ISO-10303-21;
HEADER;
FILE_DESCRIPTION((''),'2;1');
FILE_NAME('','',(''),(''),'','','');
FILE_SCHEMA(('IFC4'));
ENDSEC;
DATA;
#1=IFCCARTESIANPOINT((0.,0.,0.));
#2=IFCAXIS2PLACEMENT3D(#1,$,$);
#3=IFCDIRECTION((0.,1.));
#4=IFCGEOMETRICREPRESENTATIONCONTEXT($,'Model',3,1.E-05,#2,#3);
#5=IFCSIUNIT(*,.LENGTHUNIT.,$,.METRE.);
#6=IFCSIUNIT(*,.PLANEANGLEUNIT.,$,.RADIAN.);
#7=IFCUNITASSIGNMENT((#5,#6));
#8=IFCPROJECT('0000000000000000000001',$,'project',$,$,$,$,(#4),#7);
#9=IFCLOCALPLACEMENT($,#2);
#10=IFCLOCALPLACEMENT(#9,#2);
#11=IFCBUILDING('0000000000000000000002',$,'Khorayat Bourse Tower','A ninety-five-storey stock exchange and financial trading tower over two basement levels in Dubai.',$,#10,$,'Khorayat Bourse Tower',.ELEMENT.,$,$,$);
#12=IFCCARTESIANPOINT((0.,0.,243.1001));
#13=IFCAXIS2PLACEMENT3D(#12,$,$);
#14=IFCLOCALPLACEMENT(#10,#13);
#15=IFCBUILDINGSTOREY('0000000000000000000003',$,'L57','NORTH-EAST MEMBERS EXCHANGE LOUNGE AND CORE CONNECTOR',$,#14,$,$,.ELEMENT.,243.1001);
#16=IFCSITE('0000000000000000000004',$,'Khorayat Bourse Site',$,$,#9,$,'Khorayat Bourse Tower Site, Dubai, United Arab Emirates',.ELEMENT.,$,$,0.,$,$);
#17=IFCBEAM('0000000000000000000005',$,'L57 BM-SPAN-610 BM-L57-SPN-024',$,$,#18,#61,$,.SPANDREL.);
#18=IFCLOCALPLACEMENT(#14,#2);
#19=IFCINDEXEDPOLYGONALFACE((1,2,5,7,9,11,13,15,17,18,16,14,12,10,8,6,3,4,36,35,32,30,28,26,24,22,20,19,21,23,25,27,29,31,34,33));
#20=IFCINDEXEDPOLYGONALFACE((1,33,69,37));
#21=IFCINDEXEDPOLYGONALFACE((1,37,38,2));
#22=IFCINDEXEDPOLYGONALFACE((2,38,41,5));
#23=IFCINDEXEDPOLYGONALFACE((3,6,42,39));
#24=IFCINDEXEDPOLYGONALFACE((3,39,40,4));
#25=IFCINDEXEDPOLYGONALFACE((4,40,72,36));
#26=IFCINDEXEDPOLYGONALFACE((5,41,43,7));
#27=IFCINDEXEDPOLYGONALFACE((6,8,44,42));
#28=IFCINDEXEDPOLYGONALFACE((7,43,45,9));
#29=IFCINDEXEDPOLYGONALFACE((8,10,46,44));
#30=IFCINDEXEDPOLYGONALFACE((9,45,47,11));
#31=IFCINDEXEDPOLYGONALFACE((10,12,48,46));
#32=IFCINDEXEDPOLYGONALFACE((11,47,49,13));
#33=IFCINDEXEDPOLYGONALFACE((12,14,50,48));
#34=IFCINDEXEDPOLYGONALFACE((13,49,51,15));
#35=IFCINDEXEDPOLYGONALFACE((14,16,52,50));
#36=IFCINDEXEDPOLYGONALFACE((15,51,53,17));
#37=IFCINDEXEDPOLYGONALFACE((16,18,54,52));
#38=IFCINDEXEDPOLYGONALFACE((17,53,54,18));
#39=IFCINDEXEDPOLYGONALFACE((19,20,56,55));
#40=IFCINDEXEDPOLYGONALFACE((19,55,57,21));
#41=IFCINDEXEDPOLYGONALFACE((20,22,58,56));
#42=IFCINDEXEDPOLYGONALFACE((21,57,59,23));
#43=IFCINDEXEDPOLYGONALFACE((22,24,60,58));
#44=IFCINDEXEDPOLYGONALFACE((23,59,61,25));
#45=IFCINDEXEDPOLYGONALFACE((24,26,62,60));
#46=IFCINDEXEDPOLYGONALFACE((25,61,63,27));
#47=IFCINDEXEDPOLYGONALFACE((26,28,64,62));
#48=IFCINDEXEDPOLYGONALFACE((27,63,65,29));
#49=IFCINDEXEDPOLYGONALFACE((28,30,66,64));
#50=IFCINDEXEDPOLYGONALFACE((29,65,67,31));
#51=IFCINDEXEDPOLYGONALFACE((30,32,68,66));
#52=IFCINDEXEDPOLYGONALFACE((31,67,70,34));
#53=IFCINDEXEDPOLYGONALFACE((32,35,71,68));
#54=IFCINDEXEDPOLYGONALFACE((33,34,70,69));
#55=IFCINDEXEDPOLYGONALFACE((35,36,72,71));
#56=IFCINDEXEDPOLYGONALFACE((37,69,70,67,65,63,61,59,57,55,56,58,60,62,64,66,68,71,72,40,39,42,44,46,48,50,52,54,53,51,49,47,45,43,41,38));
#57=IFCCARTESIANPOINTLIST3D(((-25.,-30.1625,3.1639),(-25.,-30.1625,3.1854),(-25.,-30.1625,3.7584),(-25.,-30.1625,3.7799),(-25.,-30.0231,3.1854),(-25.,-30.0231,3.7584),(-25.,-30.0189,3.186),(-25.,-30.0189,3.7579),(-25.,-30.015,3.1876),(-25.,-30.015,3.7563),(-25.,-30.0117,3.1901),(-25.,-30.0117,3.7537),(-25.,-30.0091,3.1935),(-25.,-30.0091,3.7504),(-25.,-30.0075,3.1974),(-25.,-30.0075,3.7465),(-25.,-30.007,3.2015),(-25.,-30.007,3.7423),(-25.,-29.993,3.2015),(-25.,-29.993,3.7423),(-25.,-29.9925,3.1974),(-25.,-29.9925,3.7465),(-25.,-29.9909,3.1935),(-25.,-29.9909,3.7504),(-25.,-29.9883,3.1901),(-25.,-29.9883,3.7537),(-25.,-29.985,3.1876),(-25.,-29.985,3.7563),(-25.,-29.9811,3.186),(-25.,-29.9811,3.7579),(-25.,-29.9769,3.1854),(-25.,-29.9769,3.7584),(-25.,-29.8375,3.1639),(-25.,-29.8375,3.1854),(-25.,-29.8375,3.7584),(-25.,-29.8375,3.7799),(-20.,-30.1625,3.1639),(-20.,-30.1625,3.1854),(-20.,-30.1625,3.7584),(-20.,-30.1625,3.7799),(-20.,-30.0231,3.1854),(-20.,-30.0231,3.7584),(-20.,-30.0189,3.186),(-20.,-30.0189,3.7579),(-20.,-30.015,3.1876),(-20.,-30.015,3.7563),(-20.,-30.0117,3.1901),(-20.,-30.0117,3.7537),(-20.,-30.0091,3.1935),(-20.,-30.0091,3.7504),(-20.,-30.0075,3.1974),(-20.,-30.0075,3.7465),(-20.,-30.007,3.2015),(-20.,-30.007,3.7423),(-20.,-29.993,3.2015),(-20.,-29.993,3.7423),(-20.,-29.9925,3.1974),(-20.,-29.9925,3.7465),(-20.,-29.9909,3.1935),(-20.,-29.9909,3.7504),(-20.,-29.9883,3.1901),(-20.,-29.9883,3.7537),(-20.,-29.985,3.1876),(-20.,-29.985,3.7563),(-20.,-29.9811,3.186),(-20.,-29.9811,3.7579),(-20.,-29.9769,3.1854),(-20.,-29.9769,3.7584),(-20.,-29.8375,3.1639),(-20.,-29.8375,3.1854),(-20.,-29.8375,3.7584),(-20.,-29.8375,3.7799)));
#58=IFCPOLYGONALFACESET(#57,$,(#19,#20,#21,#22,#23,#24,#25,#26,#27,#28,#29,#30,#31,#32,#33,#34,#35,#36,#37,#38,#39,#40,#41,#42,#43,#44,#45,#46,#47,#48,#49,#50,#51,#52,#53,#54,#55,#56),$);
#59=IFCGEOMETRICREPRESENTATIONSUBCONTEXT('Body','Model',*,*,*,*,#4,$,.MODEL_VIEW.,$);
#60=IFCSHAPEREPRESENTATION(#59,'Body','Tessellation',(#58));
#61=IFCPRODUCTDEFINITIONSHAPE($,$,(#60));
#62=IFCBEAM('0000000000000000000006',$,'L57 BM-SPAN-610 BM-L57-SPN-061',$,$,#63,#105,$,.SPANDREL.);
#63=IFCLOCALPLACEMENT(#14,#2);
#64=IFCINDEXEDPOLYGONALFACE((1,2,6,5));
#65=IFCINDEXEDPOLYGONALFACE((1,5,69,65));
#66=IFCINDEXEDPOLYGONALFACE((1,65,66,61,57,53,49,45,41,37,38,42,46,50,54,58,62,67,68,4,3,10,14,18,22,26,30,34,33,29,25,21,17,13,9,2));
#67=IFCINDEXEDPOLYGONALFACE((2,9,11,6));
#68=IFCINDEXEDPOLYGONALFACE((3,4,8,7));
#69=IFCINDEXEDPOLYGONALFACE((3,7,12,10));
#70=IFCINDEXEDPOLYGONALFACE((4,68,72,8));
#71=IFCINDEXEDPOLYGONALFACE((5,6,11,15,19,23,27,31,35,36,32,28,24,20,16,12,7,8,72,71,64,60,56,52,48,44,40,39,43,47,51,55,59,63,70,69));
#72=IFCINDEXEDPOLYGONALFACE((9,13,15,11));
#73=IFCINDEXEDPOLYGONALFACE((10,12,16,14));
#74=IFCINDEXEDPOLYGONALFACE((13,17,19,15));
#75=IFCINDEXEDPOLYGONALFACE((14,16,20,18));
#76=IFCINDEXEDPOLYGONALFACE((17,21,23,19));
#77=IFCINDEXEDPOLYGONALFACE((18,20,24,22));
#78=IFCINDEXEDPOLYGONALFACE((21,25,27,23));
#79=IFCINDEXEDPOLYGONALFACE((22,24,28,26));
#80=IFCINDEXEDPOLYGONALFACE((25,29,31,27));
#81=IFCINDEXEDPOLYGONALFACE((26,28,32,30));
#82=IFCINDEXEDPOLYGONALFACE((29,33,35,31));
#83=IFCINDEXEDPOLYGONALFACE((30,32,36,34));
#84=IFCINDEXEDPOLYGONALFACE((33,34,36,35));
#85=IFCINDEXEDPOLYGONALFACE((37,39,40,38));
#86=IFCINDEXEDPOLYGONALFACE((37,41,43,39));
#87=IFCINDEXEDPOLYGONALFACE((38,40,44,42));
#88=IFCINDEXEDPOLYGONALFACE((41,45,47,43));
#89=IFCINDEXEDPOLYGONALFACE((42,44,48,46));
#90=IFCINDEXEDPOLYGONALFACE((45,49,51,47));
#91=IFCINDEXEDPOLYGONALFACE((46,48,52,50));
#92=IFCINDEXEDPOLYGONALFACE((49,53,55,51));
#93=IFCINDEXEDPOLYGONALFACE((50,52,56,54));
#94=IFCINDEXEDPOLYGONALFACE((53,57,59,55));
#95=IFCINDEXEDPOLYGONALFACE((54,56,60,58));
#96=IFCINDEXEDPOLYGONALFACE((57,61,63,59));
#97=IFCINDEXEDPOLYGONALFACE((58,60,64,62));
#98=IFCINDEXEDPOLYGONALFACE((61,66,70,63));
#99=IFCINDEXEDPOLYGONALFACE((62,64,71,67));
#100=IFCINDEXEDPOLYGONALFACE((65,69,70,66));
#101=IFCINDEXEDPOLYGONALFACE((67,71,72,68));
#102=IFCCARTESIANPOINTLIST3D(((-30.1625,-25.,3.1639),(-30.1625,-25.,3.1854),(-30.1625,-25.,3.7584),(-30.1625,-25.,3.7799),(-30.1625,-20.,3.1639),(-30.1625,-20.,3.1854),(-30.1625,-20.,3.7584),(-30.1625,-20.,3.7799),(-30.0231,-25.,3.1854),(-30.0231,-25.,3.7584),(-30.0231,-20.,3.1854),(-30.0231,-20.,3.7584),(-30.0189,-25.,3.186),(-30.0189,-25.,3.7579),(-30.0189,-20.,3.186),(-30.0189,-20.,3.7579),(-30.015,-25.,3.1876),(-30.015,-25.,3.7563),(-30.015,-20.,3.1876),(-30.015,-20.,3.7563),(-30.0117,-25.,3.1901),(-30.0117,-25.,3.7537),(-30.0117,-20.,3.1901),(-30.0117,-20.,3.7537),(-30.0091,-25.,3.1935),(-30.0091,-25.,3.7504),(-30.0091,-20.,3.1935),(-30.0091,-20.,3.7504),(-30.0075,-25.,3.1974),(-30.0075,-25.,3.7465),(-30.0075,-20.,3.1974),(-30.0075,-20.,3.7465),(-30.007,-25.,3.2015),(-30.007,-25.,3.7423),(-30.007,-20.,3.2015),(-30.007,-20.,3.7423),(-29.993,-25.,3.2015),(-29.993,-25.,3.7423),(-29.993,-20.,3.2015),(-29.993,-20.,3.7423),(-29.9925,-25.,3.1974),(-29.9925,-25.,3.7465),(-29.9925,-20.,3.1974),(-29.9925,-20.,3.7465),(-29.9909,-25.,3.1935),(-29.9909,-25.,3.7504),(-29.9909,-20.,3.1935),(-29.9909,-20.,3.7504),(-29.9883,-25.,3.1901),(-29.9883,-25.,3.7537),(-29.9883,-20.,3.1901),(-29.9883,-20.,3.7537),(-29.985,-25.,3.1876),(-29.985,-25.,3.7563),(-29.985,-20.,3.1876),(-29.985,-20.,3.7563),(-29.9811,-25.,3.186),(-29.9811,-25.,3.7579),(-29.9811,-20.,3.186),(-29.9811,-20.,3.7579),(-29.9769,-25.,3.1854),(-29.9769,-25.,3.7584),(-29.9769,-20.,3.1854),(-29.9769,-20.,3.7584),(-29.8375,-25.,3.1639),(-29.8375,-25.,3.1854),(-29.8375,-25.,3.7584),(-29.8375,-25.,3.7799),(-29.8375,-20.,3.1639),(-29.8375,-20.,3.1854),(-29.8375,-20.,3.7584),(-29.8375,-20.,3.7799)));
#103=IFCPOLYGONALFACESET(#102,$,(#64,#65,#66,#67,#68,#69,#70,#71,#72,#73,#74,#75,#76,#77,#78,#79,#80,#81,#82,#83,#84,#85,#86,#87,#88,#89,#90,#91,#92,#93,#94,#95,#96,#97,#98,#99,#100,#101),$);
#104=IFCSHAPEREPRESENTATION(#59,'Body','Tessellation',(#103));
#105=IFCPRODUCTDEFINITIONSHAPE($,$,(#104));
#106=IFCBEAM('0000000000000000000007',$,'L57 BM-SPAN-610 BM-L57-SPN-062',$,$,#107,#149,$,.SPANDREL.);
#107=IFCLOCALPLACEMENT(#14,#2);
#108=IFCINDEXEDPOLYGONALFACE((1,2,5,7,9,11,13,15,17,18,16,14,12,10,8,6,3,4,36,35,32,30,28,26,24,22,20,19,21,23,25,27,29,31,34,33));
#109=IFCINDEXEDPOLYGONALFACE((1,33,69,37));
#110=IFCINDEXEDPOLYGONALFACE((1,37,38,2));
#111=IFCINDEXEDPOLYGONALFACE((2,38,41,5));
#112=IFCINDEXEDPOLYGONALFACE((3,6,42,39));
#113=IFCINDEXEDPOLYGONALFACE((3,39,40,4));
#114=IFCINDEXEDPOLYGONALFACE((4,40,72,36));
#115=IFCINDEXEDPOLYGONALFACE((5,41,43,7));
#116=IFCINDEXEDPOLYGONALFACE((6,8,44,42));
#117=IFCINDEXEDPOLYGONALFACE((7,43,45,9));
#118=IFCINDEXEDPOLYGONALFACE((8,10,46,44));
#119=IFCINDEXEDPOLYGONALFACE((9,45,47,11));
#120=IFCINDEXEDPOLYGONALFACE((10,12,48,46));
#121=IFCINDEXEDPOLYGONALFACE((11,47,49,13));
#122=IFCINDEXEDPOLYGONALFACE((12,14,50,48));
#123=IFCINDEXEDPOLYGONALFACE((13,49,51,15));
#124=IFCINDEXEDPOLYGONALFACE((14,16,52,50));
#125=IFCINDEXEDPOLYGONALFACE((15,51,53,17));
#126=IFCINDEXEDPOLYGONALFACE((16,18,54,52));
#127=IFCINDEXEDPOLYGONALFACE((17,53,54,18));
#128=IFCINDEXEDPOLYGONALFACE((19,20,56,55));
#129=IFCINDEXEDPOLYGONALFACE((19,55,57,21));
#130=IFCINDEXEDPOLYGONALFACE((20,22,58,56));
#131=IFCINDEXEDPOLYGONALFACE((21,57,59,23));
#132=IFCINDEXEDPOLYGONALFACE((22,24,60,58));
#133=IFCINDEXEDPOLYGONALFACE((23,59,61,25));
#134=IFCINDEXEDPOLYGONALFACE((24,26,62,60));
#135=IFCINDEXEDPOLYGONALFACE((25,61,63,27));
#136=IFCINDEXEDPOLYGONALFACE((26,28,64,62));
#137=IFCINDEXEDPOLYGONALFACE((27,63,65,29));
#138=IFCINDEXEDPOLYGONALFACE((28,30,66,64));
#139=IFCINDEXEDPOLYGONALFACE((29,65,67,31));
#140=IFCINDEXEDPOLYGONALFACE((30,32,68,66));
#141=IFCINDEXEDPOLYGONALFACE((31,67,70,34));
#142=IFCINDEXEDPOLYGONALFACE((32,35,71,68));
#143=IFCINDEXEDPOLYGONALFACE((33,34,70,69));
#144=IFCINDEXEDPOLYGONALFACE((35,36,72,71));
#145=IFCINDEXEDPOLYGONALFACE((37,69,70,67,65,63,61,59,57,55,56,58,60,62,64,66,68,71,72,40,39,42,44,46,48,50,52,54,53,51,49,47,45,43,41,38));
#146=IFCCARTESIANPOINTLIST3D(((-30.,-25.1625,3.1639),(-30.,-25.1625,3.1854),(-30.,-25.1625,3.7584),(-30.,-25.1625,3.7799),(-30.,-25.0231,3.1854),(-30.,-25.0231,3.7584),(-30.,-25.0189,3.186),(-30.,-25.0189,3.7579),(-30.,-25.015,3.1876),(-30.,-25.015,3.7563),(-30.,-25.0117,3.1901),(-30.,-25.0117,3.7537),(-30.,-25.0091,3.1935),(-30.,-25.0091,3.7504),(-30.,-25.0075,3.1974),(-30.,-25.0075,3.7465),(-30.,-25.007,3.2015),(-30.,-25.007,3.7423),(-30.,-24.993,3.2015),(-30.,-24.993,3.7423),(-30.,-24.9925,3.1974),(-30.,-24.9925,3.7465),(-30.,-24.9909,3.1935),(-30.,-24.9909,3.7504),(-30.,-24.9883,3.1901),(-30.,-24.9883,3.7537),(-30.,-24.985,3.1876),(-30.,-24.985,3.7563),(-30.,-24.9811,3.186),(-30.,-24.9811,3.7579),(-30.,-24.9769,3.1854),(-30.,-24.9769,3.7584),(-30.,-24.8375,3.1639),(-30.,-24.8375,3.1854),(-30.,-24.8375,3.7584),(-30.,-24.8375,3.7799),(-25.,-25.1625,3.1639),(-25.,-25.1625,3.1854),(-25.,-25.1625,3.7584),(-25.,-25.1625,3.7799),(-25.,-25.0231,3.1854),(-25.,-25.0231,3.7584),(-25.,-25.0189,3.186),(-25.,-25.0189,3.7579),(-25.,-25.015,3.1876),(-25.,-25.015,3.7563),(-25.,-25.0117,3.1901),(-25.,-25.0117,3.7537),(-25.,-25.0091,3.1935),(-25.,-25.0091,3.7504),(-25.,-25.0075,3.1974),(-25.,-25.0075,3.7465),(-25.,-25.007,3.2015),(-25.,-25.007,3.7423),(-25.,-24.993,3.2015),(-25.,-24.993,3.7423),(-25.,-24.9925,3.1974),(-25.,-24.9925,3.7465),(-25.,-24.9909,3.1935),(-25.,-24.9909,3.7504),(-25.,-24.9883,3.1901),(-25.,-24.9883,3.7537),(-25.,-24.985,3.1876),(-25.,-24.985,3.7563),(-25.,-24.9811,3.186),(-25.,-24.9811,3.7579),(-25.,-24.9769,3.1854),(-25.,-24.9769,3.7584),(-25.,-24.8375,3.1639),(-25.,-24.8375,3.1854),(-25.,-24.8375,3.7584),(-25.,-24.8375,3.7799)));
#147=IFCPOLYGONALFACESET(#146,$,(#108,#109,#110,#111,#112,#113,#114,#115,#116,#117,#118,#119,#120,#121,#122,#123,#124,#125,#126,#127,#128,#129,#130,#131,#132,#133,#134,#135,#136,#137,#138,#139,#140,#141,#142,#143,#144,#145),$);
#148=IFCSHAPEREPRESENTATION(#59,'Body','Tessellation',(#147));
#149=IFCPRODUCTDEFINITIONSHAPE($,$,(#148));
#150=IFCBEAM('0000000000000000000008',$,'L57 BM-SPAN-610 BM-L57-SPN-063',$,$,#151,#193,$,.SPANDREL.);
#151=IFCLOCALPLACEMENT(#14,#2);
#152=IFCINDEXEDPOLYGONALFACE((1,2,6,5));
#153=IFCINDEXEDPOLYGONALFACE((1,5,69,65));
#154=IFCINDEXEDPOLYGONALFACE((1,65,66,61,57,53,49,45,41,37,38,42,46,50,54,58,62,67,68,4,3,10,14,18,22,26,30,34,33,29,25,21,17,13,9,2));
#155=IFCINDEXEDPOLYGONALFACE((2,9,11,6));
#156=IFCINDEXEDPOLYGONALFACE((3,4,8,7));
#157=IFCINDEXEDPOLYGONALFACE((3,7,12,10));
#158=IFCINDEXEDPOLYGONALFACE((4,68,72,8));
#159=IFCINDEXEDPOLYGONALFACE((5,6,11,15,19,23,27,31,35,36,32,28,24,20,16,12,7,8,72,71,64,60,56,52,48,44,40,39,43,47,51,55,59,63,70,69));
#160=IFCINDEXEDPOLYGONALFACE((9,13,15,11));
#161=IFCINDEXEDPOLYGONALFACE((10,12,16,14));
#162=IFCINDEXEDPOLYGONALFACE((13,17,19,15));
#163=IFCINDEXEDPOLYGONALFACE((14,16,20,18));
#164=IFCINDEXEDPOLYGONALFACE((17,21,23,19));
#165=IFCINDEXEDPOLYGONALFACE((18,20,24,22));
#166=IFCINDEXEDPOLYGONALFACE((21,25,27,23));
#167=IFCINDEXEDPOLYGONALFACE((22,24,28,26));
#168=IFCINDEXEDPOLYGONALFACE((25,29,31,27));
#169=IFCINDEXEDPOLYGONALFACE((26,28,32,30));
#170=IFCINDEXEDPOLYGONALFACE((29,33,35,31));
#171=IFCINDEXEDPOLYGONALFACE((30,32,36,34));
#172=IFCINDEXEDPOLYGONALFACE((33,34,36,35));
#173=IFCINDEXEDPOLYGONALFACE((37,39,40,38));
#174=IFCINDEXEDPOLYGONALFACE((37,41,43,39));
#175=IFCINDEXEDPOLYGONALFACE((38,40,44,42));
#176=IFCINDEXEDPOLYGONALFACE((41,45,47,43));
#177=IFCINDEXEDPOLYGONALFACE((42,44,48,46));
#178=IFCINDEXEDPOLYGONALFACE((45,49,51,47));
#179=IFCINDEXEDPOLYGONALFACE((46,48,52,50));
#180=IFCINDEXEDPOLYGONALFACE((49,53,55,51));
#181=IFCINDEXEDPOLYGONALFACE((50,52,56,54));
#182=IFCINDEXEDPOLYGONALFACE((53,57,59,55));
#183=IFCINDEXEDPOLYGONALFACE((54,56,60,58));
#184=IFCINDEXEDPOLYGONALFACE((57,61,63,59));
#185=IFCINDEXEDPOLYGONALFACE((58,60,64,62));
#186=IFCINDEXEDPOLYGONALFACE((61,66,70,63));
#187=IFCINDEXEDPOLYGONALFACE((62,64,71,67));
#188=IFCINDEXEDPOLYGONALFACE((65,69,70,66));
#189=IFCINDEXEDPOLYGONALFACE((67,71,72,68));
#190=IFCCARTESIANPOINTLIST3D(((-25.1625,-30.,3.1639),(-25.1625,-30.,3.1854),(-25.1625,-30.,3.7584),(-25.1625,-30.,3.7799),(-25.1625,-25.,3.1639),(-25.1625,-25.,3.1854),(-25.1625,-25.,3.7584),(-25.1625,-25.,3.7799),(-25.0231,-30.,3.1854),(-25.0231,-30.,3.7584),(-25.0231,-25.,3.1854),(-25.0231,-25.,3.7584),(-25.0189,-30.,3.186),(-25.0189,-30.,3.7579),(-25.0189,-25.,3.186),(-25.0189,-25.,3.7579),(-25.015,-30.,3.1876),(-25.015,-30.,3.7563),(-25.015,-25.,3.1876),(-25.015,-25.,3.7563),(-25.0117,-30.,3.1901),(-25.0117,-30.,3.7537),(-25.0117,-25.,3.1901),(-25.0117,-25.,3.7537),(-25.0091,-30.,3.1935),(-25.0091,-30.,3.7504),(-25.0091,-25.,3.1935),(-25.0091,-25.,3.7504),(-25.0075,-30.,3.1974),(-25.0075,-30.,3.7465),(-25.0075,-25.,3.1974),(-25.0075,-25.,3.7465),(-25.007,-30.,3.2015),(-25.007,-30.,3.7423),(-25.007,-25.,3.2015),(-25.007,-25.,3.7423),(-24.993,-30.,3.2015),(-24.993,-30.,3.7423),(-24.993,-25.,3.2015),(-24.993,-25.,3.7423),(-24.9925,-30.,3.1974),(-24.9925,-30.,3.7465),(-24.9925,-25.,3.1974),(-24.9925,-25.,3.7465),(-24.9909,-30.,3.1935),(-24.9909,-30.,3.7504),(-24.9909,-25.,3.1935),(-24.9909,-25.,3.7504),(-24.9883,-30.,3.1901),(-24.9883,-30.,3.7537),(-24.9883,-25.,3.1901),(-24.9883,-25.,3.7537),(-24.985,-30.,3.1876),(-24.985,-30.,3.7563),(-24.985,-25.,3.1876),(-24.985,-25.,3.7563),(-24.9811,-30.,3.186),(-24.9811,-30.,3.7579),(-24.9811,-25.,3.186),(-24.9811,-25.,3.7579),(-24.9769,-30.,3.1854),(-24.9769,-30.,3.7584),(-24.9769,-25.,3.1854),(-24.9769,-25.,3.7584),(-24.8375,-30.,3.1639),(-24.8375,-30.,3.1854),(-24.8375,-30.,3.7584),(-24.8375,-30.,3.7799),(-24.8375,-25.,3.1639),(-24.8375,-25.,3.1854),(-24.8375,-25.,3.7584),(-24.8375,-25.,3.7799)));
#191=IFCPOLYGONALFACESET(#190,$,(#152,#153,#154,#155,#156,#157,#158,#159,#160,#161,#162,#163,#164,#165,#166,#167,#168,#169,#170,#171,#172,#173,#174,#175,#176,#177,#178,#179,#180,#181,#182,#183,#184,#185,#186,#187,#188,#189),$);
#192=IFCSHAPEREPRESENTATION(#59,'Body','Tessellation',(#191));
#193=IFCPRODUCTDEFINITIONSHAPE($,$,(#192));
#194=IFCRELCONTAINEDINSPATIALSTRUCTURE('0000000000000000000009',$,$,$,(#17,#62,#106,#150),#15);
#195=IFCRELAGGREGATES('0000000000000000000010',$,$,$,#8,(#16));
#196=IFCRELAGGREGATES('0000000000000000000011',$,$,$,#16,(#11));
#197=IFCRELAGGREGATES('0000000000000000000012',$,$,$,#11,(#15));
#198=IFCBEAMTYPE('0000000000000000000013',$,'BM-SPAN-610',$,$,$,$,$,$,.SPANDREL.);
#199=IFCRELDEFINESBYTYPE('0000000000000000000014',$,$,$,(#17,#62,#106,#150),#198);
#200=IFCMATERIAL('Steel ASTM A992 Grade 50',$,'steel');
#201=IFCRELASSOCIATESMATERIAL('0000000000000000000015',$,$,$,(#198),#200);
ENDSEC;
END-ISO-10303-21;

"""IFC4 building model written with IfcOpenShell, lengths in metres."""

from ifc_helpers import new_model, si_unit, direction, frame, origin, origin_2d, place, context, subcontext, project, spatial, i_section, extrude, source, transform, mapped, material, material_profile, profile_set, type_object, element, save


model = new_model("IFC4")

# Units and contexts
model_context = context("Model", 3, precision=1e-05, world=origin(), true_north=direction((0.0, 1.0)))
body_context = subcontext(model_context, "Body", "Model", "MODEL_VIEW")
ifc_project = project(units=[si_unit("LENGTHUNIT", "METRE"), si_unit("PLANEANGLEUNIT", "RADIAN")], contexts=[model_context])

# Site, building, storey
site_placement = place(None, origin())
site = spatial("IfcSite", under=ifc_project, at=site_placement, Name="Khorayat Bourse Site", LongName="Khorayat Bourse Tower Site, Dubai, United Arab Emirates", CompositionType="ELEMENT", RefElevation=0.0)
building_placement = place(site_placement, origin())
building = spatial("IfcBuilding", under=site, at=building_placement, Name="Khorayat Bourse Tower", Description="A ninety-five-storey stock exchange and financial trading tower over two basement levels in Dubai.", LongName="Khorayat Bourse Tower", CompositionType="ELEMENT")
storey_placement = place(building_placement, frame((0.0, 0.0, 243.1001)))
storey = spatial("IfcBuildingStorey", under=building, at=storey_placement, Name="L57", Description="NORTH-EAST MEMBERS EXCHANGE LOUNGE AND CORE CONNECTOR", CompositionType="ELEMENT", Elevation=243.1001)

# Beams
ifc_material_1 = material(Name="Steel ASTM A992 Grade 50", Category="steel")
ifc_material_profile_1 = material_profile(ifc_material_1, i_section(OverallWidth=0.325, OverallDepth=0.616, WebThickness=0.0139, FlangeThickness=0.0215, FilletRadius=0.0161, at=origin_2d()), Name="W610X174")
ifc_profile_set_1 = profile_set([ifc_material_profile_1], Name="Steel ASTM A992 Grade 50")
beam_type_1 = type_object("IfcBeamType", Name="BM-SPAN-610", PredefinedType="SPANDREL", material=ifc_profile_set_1)
shared_shape_1 = source(origin(), body_context, "Body", "SweptSolid", [
    extrude(i_section(OverallWidth=0.325, OverallDepth=0.616, WebThickness=0.0139, FlangeThickness=0.0215, FilletRadius=0.0161, at=origin_2d()), origin(), (0.0, 0.0, 1.0), 5.0),
])
for number, where, z_axis, x_axis, name in (
    (1, (-25.0, -30.0, 3.4719), (1.0, 0.0, 0.0), (0.0, 1.0, 0.0), "L57 BM-SPAN-610 BM-L57-SPN-024"),
    (2, (-30.0, -25.0, 3.4719), (0.0, 1.0, 0.0), (-1.0, 0.0, 0.0), "L57 BM-SPAN-610 BM-L57-SPN-061"),
    (3, (-30.0, -25.0, 3.4719), (1.0, 0.0, 0.0), (0.0, 1.0, 0.0), "L57 BM-SPAN-610 BM-L57-SPN-062"),
    (4, (-25.0, -30.0, 3.4719), (0.0, 1.0, 0.0), (-1.0, 0.0, 0.0), "L57 BM-SPAN-610 BM-L57-SPN-063"),
):
    element("IfcBeam", number, at=place(storey_placement, frame(where, z_axis=z_axis, x_axis=x_axis)), inside=storey, type_object=beam_type_1, Name=name, PredefinedType="SPANDREL", context=body_context, shape_type="MappedRepresentation", body=[
        mapped(shared_shape_1, transform((0.0, 0.0, 0.0), scale=1.0)),
    ])

save(model, "model.ifc")
